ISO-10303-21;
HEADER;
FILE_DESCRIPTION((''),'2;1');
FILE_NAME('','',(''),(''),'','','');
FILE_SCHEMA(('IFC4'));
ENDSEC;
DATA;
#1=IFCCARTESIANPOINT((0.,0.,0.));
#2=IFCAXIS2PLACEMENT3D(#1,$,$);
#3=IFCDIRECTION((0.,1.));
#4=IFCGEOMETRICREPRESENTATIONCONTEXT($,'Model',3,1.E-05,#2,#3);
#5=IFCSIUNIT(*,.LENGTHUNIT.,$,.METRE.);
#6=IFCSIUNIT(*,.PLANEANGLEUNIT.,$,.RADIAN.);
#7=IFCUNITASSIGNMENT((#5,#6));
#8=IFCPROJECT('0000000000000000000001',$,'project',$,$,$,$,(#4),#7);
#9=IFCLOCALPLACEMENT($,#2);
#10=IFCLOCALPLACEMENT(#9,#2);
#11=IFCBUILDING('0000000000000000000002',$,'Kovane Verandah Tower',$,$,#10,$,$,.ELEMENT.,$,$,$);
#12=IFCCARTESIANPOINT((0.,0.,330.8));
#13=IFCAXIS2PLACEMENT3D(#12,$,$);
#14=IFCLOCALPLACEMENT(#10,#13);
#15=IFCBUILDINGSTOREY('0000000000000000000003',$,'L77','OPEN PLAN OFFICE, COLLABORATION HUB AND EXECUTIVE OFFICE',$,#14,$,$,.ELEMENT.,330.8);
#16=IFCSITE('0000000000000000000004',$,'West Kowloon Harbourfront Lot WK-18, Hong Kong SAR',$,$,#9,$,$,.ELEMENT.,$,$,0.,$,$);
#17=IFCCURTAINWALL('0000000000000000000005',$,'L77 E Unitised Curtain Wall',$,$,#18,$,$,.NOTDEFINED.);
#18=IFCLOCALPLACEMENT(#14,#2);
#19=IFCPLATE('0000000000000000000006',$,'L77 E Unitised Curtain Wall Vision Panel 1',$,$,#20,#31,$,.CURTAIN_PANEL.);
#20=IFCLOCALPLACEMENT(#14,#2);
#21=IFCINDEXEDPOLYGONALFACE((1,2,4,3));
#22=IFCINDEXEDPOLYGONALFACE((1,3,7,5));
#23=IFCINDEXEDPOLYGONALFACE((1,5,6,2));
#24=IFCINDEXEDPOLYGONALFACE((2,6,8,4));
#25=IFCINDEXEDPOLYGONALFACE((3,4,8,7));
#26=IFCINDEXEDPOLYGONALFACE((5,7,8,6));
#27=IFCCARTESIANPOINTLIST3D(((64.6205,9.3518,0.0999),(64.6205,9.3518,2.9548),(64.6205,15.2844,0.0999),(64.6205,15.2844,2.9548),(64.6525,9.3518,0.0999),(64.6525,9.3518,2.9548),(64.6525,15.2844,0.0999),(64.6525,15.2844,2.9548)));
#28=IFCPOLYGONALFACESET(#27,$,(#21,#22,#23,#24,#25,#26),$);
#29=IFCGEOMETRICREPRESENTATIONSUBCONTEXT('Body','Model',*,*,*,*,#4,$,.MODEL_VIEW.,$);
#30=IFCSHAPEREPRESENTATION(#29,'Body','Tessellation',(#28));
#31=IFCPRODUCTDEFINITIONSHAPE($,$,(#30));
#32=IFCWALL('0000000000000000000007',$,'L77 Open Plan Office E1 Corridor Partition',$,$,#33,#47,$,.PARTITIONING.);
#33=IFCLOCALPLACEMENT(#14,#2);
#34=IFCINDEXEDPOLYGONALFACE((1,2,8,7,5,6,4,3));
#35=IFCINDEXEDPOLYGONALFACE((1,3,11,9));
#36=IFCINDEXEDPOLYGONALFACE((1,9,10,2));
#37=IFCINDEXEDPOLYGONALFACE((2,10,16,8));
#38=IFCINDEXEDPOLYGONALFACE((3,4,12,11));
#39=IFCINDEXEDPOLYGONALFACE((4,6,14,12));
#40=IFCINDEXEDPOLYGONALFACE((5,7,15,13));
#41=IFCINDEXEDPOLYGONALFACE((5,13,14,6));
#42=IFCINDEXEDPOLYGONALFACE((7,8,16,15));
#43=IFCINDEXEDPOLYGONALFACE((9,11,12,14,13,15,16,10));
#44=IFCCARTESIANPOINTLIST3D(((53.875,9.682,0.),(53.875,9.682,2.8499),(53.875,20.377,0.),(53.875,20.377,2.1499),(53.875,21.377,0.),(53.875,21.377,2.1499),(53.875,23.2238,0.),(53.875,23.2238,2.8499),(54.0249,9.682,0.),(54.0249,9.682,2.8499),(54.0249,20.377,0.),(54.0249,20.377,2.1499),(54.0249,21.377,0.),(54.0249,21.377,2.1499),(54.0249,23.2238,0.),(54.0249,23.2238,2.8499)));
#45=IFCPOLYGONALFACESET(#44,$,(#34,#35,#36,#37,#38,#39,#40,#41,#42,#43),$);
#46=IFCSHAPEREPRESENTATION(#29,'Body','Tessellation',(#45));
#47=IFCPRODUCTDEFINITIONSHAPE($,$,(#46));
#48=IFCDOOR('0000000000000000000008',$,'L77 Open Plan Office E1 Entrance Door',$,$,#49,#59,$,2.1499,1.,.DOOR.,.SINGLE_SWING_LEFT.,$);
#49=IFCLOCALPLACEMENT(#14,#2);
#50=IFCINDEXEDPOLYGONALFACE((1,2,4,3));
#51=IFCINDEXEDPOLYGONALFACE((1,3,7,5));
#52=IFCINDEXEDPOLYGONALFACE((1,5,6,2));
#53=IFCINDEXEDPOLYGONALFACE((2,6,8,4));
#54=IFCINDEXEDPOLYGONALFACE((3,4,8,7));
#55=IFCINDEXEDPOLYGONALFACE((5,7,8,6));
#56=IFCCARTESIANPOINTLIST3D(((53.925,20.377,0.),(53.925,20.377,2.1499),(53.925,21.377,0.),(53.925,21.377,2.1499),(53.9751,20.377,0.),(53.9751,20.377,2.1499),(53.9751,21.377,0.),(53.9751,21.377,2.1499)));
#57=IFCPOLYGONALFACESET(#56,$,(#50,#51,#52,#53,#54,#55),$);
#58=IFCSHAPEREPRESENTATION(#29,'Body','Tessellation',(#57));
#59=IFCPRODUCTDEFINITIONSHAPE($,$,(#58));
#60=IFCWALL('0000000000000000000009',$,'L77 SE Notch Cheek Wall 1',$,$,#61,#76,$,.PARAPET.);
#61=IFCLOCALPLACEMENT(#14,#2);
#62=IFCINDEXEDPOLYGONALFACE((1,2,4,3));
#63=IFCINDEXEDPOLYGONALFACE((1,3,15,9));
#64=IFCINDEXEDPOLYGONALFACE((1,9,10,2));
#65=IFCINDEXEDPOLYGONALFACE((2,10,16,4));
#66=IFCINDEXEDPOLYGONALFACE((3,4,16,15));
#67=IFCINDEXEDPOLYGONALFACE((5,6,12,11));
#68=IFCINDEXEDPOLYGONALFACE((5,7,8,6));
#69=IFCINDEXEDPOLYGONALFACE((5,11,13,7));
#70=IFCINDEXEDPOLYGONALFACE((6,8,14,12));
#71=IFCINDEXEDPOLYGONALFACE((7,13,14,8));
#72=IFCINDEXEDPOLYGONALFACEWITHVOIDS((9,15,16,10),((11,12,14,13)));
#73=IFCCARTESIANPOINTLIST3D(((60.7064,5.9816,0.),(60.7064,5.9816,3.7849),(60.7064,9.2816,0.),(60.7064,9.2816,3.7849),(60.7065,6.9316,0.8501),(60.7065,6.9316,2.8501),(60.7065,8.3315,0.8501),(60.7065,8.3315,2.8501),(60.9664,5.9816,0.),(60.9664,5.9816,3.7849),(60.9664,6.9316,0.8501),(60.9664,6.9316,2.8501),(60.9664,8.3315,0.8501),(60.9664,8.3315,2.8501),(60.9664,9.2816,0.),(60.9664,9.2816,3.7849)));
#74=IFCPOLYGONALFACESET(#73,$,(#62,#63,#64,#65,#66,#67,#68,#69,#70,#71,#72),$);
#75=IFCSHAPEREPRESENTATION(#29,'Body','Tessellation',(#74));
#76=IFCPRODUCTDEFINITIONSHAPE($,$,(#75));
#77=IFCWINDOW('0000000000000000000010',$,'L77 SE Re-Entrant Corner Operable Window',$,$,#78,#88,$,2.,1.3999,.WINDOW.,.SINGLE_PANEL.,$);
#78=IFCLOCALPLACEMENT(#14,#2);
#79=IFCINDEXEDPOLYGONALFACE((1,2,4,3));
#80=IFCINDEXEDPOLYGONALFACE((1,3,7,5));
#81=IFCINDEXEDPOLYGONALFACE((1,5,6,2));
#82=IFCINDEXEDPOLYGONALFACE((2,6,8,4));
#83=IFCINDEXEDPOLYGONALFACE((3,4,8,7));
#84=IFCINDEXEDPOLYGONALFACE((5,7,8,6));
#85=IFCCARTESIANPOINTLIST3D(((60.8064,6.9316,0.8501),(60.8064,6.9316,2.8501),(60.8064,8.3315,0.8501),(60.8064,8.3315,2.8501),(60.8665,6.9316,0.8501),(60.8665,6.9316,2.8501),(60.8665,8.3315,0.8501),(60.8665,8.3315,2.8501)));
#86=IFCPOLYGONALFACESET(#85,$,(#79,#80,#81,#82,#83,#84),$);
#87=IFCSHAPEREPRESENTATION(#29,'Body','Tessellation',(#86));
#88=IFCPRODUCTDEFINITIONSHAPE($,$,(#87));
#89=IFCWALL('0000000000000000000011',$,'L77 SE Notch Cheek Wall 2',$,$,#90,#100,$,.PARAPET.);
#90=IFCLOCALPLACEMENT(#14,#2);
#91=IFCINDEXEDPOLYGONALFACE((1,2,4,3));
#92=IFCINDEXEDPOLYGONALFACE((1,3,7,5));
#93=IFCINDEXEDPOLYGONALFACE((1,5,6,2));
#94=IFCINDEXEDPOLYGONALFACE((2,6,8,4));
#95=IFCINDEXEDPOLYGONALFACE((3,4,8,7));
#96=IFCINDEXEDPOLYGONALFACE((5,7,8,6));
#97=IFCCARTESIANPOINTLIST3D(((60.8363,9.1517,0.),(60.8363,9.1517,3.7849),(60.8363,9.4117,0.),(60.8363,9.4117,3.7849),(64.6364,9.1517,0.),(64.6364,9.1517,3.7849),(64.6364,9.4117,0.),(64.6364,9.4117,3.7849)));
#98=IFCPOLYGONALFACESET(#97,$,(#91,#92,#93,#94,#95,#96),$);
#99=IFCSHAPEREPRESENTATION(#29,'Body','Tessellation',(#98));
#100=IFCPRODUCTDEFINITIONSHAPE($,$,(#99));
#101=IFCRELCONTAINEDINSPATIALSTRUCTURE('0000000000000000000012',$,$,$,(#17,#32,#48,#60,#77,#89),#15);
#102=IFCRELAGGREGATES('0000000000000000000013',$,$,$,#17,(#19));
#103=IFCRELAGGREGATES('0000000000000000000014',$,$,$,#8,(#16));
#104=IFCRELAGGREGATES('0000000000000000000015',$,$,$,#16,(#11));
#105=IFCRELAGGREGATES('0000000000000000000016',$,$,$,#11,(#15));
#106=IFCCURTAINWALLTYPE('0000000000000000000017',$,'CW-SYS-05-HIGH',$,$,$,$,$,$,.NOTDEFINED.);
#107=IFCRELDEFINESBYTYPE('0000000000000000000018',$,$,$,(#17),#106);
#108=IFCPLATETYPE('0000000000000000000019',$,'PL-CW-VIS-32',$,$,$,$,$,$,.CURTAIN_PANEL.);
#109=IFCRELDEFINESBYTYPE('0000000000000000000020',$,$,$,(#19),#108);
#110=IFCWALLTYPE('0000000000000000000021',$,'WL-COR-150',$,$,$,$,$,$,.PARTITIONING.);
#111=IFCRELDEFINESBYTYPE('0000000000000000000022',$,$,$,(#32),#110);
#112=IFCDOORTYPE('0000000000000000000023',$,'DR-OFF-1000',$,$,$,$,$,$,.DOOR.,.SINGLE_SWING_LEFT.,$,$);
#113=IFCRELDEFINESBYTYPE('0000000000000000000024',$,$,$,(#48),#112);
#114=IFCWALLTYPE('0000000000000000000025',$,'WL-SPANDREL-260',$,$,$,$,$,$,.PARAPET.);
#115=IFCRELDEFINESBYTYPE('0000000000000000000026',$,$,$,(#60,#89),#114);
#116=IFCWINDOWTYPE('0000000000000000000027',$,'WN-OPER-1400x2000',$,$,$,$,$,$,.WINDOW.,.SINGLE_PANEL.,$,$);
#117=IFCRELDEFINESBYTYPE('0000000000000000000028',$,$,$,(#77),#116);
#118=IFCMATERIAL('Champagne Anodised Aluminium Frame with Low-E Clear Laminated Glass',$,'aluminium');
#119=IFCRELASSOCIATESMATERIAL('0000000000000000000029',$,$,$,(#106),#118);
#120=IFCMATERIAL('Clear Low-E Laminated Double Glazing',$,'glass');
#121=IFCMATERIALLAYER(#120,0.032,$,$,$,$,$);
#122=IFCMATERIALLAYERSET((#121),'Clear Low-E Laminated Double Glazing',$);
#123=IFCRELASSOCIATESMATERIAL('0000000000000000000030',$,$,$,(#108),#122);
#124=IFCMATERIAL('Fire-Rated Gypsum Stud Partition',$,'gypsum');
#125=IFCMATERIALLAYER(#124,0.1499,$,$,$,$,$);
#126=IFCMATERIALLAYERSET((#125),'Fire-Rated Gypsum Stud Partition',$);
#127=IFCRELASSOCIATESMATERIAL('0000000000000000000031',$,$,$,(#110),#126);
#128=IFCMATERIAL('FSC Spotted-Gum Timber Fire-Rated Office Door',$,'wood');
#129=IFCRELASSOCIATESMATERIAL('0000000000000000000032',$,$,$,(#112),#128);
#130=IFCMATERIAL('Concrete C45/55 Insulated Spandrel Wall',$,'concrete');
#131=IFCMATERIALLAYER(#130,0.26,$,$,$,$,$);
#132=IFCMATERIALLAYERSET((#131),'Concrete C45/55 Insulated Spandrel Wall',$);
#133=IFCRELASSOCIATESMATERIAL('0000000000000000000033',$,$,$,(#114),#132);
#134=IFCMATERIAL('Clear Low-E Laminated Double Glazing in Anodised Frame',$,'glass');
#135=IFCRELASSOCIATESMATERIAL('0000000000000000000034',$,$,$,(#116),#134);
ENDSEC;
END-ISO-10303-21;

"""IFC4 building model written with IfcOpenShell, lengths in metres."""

from ifc_helpers import new_model, si_unit, direction, frame, frame_2d, origin, origin_2d, place, context, subcontext, project, spatial, rectangle, extrude, material, layer, layer_set, type_object, element, fill, aggregate, save


model = new_model("IFC4")

# Units and contexts
model_context = context("Model", 3, precision=1e-05, world=origin(), true_north=direction((0.0, 1.0)))
body_context = subcontext(model_context, "Body", "Model", "MODEL_VIEW")
ifc_project = project(units=[si_unit("LENGTHUNIT", "METRE"), si_unit("PLANEANGLEUNIT", "RADIAN")], contexts=[model_context])

# Site, building, storey
site_placement = place(None, origin())
site = spatial("IfcSite", under=ifc_project, at=site_placement, Name="West Kowloon Harbourfront Lot WK-18, Hong Kong SAR", CompositionType="ELEMENT", RefElevation=0.0)
building_placement = place(site_placement, origin())
building = spatial("IfcBuilding", under=site, at=building_placement, Name="Kovane Verandah Tower", CompositionType="ELEMENT")
storey_placement = place(building_placement, frame((0.0, 0.0, 330.8)))
storey = spatial("IfcBuildingStorey", under=building, at=storey_placement, Name="L77", Description="OPEN PLAN OFFICE, COLLABORATION HUB AND EXECUTIVE OFFICE", CompositionType="ELEMENT", Elevation=330.8)

# Shared definitions
ifc_material_1 = material(Name="Champagne Anodised Aluminium Frame with Low-E Clear Laminated Glass", Category="aluminium")
curtain_wall_type = type_object("IfcCurtainWallType", Name="CW-SYS-05-HIGH", PredefinedType="NOTDEFINED", material=ifc_material_1)

# Curtain wall
curtain_wall_1_placement = place(storey_placement, origin())
curtain_wall_1 = element("IfcCurtainWall", 1, at=curtain_wall_1_placement, inside=storey, type_object=curtain_wall_type, Name="L77 E Unitised Curtain Wall", PredefinedType="NOTDEFINED")

# Plate
ifc_material_2 = material(Name="Clear Low-E Laminated Double Glazing", Category="glass")
ifc_layer_1 = layer(ifc_material_2, 0.032)
ifc_layer_set_1 = layer_set([ifc_layer_1], Name="Clear Low-E Laminated Double Glazing")
plate_type_1 = type_object("IfcPlateType", Name="PL-CW-VIS-32", PredefinedType="CURTAIN_PANEL", material=ifc_layer_set_1)
plate_1_placement = place(storey_placement, frame((64.6365, 12.3181, 0.0999), z_axis=(0.0, 0.0, 1.0), x_axis=(0.0, 1.0, 0.0)))
plate_1 = element("IfcPlate", 2, at=plate_1_placement, type_object=plate_type_1, Name="L77 E Unitised Curtain Wall Vision Panel 1", PredefinedType="CURTAIN_PANEL", context=body_context, shape_type="SweptSolid", body=[
    extrude(rectangle(XDim=5.9326, YDim=0.032, at=origin_2d()), origin(), (0.0, 0.0, 1.0), 2.855),
])
aggregate(curtain_wall_1, [plate_1])

# Wall, opening, door
ifc_material_3 = material(Name="Fire-Rated Gypsum Stud Partition", Category="gypsum")
ifc_layer_2 = layer(ifc_material_3, 0.1499)
ifc_layer_set_2 = layer_set([ifc_layer_2], Name="Fire-Rated Gypsum Stud Partition")
wall_type_1 = type_object("IfcWallType", Name="WL-COR-150", PredefinedType="PARTITIONING", material=ifc_layer_set_2)
wall_1_placement = place(storey_placement, frame((53.95, 9.6819, 0.0), z_axis=(0.0, 0.0, 1.0), x_axis=(0.0, 1.0, 0.0)))
wall_1 = element("IfcWall", 3, at=wall_1_placement, inside=storey, type_object=wall_type_1, Name="L77 Open Plan Office E1 Corridor Partition", PredefinedType="PARTITIONING", context=body_context, shape_type="SweptSolid", body=[
    extrude(rectangle(XDim=13.5417, YDim=0.1499, at=frame_2d((6.771, 0.0))), origin(), (0.0, 0.0, 1.0), 2.8499),
])
opening_1_placement = place(wall_1_placement, frame((10.6951, 0.0, 0.0)))
opening_1 = element("IfcOpeningElement", 4, at=opening_1_placement, cuts=wall_1, PredefinedType="OPENING", context=body_context, shape_type="SweptSolid", body=[
    extrude(rectangle(XDim=1.0, YDim=2.1499, at=frame_2d((0.5, 1.075))), frame((0.0, 0.075, 0.0), z_axis=(0.0, -1.0, 0.0), x_axis=(1.0, 0.0, 0.0)), (0.0, 0.0, 1.0), 0.1499),
])
ifc_material_4 = material(Name="FSC Spotted-Gum Timber Fire-Rated Office Door", Category="wood")
door_type = type_object("IfcDoorType", Name="DR-OFF-1000", OperationType="SINGLE_SWING_LEFT", PredefinedType="DOOR", material=ifc_material_4)
door_placement = place(opening_1_placement, origin())
door = element("IfcDoor", 5, at=door_placement, inside=storey, type_object=door_type, Name="L77 Open Plan Office E1 Entrance Door", OperationType="SINGLE_SWING_LEFT", OverallHeight=2.1499, OverallWidth=1.0, PredefinedType="DOOR", context=body_context, shape_type="SweptSolid", body=[
    extrude(rectangle(XDim=1.0, YDim=2.1499, at=frame_2d((0.5, 1.075))), frame((0.0, 0.0249, 0.0), z_axis=(0.0, -1.0, 0.0), x_axis=(1.0, 0.0, 0.0)), (0.0, 0.0, 1.0), 0.05),
])
fill(opening_1, door)

# Wall, opening, window
ifc_material_5 = material(Name="Concrete C45/55 Insulated Spandrel Wall", Category="concrete")
ifc_layer_3 = layer(ifc_material_5, 0.26)
ifc_layer_set_3 = layer_set([ifc_layer_3], Name="Concrete C45/55 Insulated Spandrel Wall")
wall_type_2 = type_object("IfcWallType", Name="WL-SPANDREL-260", PredefinedType="PARAPET", material=ifc_layer_set_3)
wall_2_placement = place(storey_placement, frame((60.8364, 5.9817, 0.0), z_axis=(0.0, 0.0, 1.0), x_axis=(0.0, 1.0, 0.0)))
wall_2 = element("IfcWall", 6, at=wall_2_placement, inside=storey, type_object=wall_type_2, Name="L77 SE Notch Cheek Wall 1", PredefinedType="PARAPET", context=body_context, shape_type="SweptSolid", body=[
    extrude(rectangle(XDim=3.3, YDim=0.26, at=frame_2d((1.6499, 0.0))), origin(), (0.0, 0.0, 1.0), 3.7849),
])
opening_2_placement = place(wall_2_placement, frame((0.95, 0.0, 0.8501)))
opening_2 = element("IfcOpeningElement", 7, at=opening_2_placement, cuts=wall_2, PredefinedType="OPENING", context=body_context, shape_type="SweptSolid", body=[
    extrude(rectangle(XDim=1.3999, YDim=2.0, at=frame_2d((0.7, 1.0))), frame((0.0, 0.1299, 0.0), z_axis=(0.0, -1.0, 0.0), x_axis=(1.0, 0.0, 0.0)), (0.0, 0.0, 1.0), 0.26),
])
ifc_material_6 = material(Name="Clear Low-E Laminated Double Glazing in Anodised Frame", Category="glass")
window_type = type_object("IfcWindowType", Name="WN-OPER-1400x2000", PartitioningType="SINGLE_PANEL", PredefinedType="WINDOW", material=ifc_material_6)
window_placement = place(opening_2_placement, origin())
window = element("IfcWindow", 8, at=window_placement, inside=storey, type_object=window_type, Name="L77 SE Re-Entrant Corner Operable Window", OverallHeight=2.0, OverallWidth=1.3999, PartitioningType="SINGLE_PANEL", PredefinedType="WINDOW", context=body_context, shape_type="SweptSolid", body=[
    extrude(rectangle(XDim=1.3999, YDim=2.0, at=frame_2d((0.7, 1.0))), frame((0.0, 0.03, 0.0), z_axis=(0.0, -1.0, 0.0), x_axis=(1.0, 0.0, 0.0)), (0.0, 0.0, 1.0), 0.0601),
])
fill(opening_2, window)

# Wall
wall_3_placement = place(storey_placement, frame((60.8364, 9.2817, 0.0), z_axis=(0.0, 0.0, 1.0), x_axis=(1.0, 0.0, 0.0)))
element("IfcWall", 9, at=wall_3_placement, inside=storey, type_object=wall_type_2, Name="L77 SE Notch Cheek Wall 2", PredefinedType="PARAPET", context=body_context, shape_type="SweptSolid", body=[
    extrude(rectangle(XDim=3.8, YDim=0.26, at=frame_2d((1.8999, 0.0))), origin(), (0.0, 0.0, 1.0), 3.7849),
])

save(model, "model.ifc")
